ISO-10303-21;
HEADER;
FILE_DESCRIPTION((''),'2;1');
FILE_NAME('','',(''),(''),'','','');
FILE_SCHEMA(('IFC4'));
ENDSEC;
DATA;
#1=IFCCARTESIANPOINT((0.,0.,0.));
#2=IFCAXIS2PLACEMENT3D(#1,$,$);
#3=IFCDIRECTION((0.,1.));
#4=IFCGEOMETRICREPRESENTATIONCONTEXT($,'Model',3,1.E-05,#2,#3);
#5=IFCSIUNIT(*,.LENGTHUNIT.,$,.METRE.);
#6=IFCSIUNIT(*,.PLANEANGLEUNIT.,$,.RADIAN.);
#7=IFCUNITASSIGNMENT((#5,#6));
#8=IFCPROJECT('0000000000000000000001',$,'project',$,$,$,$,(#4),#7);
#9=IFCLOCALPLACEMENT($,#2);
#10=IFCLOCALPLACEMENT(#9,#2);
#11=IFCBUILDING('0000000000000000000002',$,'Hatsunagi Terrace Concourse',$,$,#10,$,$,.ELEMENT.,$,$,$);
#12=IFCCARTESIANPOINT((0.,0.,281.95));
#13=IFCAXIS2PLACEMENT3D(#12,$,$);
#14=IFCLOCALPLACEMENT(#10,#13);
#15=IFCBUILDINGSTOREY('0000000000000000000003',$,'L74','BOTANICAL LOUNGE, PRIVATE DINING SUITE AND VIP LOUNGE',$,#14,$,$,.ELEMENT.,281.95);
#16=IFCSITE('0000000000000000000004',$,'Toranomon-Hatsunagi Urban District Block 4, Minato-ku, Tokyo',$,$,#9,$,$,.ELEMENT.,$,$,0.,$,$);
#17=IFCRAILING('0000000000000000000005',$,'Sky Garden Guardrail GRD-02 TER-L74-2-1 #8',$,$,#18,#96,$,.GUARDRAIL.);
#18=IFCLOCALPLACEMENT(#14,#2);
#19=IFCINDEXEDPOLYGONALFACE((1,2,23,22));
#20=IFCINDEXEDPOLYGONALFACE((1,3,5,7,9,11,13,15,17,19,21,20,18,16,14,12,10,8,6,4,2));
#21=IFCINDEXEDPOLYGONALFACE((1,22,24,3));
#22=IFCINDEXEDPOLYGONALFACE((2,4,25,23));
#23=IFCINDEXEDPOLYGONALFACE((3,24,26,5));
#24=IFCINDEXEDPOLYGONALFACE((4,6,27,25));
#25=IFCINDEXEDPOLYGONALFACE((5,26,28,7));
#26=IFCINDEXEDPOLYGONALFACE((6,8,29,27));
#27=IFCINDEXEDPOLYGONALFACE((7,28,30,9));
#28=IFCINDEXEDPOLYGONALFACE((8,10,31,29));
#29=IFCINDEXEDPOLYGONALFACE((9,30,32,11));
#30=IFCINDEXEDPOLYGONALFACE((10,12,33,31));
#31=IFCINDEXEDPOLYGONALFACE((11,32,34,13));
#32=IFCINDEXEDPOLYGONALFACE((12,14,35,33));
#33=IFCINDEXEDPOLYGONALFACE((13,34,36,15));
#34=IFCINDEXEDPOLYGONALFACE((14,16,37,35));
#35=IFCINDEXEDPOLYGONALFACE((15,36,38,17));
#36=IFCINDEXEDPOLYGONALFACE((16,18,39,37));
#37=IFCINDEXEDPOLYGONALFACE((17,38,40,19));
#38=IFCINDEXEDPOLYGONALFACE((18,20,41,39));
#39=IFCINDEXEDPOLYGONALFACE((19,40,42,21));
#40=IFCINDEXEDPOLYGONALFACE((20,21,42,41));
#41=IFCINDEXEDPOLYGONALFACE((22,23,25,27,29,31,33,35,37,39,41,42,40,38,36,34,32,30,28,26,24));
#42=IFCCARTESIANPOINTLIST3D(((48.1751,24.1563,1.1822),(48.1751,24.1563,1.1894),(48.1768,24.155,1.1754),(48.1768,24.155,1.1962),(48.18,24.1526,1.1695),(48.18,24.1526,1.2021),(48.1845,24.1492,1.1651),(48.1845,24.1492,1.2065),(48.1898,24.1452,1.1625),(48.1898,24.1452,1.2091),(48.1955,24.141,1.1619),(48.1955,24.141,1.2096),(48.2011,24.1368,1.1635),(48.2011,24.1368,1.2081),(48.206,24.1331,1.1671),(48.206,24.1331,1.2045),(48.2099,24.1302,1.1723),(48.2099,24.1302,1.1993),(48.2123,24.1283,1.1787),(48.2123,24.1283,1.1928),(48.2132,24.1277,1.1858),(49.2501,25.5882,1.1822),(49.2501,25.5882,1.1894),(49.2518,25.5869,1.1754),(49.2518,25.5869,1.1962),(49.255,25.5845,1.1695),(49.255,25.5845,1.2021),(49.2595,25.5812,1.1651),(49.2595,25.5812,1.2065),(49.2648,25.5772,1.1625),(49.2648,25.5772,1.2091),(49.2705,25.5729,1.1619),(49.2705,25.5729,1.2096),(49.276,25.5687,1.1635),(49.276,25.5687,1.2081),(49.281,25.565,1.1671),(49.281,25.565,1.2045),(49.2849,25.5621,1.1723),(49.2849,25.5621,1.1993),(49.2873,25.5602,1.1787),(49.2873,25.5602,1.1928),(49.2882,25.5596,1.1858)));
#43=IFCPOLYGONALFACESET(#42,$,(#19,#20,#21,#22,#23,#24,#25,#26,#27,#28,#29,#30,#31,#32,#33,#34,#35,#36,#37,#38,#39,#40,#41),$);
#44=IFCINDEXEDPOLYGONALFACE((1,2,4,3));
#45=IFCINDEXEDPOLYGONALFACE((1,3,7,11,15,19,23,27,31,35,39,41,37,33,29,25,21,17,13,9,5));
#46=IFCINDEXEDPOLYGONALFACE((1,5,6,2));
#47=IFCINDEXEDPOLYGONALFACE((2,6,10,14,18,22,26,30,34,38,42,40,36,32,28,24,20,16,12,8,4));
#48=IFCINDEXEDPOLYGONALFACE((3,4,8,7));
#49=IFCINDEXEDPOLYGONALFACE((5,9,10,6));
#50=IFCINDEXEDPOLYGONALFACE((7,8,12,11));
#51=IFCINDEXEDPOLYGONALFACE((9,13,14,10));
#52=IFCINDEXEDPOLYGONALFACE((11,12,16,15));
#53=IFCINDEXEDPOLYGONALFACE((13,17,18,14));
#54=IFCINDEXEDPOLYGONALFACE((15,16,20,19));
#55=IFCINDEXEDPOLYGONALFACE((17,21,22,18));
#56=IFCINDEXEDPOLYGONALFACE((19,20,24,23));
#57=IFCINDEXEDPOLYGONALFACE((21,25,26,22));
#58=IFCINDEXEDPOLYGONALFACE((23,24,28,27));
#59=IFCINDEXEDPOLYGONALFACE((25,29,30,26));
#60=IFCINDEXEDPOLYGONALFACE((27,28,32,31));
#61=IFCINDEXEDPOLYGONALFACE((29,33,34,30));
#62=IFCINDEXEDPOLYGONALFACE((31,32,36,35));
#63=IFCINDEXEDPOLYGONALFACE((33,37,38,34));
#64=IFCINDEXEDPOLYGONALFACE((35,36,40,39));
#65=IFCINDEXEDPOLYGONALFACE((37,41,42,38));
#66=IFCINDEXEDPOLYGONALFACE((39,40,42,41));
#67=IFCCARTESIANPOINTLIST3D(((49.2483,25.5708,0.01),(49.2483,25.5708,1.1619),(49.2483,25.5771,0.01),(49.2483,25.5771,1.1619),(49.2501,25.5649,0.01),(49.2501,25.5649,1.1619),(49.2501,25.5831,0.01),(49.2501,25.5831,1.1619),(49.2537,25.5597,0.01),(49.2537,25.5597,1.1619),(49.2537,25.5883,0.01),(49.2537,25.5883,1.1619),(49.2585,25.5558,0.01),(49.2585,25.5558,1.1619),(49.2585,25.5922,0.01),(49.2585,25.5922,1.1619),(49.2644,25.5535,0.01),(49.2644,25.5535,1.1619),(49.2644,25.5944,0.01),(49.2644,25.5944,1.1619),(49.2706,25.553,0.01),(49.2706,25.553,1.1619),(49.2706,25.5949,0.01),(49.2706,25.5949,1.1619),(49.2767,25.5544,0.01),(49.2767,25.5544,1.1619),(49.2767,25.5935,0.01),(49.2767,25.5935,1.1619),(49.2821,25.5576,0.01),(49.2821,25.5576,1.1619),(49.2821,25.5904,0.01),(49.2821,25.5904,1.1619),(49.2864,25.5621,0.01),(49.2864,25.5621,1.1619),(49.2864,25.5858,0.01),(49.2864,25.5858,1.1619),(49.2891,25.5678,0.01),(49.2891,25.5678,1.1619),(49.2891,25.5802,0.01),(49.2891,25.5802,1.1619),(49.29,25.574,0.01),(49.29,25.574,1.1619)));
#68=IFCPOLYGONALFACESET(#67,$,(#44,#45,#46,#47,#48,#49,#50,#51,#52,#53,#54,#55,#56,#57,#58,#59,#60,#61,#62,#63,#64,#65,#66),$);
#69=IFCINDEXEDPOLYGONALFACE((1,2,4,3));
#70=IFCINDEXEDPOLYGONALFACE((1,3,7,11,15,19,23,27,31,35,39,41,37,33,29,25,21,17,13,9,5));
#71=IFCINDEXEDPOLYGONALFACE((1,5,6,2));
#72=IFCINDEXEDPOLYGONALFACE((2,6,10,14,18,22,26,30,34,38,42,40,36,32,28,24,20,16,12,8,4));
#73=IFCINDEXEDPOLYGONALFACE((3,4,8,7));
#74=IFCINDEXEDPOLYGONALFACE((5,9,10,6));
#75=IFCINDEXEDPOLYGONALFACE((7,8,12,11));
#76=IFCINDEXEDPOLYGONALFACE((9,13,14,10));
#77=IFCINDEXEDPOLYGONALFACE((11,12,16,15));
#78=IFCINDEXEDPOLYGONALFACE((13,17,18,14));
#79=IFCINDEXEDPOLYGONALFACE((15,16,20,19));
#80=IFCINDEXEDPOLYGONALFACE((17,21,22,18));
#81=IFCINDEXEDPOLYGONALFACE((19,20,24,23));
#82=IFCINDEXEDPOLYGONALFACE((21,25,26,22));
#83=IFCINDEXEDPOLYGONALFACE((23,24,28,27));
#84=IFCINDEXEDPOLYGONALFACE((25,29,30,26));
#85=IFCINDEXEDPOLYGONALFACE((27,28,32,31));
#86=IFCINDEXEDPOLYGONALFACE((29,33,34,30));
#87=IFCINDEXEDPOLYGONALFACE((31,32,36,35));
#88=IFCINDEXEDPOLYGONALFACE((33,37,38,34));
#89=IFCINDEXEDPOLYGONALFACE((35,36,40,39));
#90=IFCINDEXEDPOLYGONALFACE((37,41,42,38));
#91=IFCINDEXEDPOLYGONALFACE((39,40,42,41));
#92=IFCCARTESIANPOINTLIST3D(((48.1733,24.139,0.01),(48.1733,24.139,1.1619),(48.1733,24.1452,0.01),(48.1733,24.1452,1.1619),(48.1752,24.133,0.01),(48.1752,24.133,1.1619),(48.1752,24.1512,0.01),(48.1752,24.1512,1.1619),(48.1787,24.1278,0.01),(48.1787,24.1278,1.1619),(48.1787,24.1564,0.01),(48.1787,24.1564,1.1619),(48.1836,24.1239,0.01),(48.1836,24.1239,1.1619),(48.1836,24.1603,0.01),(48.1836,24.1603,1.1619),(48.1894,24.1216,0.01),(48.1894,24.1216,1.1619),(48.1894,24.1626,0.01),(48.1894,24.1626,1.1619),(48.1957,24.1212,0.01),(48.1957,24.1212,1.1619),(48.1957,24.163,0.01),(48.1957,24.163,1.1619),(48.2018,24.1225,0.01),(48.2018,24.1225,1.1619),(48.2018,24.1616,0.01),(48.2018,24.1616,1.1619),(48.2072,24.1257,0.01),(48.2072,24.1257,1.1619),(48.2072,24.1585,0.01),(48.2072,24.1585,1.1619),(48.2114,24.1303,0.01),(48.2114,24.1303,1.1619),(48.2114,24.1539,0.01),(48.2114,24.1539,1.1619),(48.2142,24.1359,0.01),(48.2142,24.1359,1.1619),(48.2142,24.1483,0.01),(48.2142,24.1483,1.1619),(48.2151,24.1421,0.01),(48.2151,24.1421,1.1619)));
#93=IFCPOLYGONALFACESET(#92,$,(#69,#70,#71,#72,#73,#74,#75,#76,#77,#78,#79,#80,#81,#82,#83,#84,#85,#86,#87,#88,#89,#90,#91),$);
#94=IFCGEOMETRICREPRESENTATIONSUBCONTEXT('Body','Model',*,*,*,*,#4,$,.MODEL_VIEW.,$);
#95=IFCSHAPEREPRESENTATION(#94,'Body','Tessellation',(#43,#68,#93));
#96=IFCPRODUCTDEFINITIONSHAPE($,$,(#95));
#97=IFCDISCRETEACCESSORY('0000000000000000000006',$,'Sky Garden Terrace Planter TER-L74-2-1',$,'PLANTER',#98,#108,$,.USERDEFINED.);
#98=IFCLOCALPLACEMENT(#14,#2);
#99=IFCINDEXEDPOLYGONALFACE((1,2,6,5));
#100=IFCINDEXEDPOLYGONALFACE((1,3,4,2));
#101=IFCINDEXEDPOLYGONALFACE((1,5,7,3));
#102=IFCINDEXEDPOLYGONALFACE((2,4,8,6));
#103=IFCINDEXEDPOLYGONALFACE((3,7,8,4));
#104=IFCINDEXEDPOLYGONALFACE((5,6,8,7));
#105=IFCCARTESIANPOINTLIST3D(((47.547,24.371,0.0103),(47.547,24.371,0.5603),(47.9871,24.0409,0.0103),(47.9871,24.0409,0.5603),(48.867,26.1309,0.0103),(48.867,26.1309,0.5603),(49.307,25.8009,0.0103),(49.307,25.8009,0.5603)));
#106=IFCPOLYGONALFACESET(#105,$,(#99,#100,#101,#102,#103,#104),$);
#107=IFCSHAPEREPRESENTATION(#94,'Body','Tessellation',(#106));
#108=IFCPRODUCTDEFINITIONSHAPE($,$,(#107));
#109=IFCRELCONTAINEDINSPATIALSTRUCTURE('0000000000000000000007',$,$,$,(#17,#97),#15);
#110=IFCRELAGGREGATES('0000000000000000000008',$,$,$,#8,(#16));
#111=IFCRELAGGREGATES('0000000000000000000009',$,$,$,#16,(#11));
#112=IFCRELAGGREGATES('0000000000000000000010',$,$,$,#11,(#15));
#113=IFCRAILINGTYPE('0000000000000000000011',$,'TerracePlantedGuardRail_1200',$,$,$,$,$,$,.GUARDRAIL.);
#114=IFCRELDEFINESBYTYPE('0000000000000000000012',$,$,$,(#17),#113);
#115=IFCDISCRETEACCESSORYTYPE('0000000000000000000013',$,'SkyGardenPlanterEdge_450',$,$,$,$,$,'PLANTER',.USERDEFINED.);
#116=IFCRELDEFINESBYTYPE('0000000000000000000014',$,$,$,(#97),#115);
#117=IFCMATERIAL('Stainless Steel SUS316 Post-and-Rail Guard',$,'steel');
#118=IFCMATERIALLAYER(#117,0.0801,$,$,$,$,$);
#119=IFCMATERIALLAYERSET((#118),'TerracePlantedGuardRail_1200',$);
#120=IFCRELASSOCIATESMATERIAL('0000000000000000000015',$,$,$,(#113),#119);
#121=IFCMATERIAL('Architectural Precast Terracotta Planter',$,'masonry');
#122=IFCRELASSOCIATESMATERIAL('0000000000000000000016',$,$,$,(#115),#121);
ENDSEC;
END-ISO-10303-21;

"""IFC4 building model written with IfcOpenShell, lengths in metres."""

from ifc_helpers import new_model, si_unit, direction, frame, origin, origin_2d, place, context, subcontext, project, spatial, rectangle, circle, extrude, material, layer, layer_set, type_object, element, save


model = new_model("IFC4")

# Units and contexts
model_context = context("Model", 3, precision=1e-05, world=origin(), true_north=direction((0.0, 1.0)))
body_context = subcontext(model_context, "Body", "Model", "MODEL_VIEW")
ifc_project = project(units=[si_unit("LENGTHUNIT", "METRE"), si_unit("PLANEANGLEUNIT", "RADIAN")], contexts=[model_context])

# Site, building, storey
site_placement = place(None, origin())
site = spatial("IfcSite", under=ifc_project, at=site_placement, Name="Toranomon-Hatsunagi Urban District Block 4, Minato-ku, Tokyo", CompositionType="ELEMENT", RefElevation=0.0)
building_placement = place(site_placement, origin())
building = spatial("IfcBuilding", under=site, at=building_placement, Name="Hatsunagi Terrace Concourse", CompositionType="ELEMENT")
storey_placement = place(building_placement, frame((0.0, 0.0, 281.95)))
storey = spatial("IfcBuildingStorey", under=building, at=storey_placement, Name="L74", Description="BOTANICAL LOUNGE, PRIVATE DINING SUITE AND VIP LOUNGE", CompositionType="ELEMENT", Elevation=281.95)

# Railing
ifc_material_1 = material(Name="Stainless Steel SUS316 Post-and-Rail Guard", Category="steel")
ifc_layer_1 = layer(ifc_material_1, 0.0801)
ifc_layer_set_1 = layer_set([ifc_layer_1], Name="TerracePlantedGuardRail_1200")
railing_type_1 = type_object("IfcRailingType", Name="TerracePlantedGuardRail_1200", PredefinedType="GUARDRAIL", material=ifc_layer_set_1)
railing_1_placement = place(storey_placement, frame((49.269, 25.574, 0.01)))
element("IfcRailing", 1, at=railing_1_placement, inside=storey, type_object=railing_type_1, Name="Sky Garden Guardrail GRD-02 TER-L74-2-1 #8", PredefinedType="GUARDRAIL", context=body_context, shape_type="SweptSolid", body=[
    extrude(circle(Radius=0.0239, at=origin_2d()), frame((0.0, 0.0, 1.1758), z_axis=(-0.600371, -0.799722, 0.0), x_axis=(0.799722, -0.600371, 0.0)), (0.0, 0.0, 1.0), 1.7905),
    extrude(circle(Radius=0.021, at=origin_2d()), origin(), (0.0, 0.0, 1.0), 1.1519),
    extrude(circle(Radius=0.021, at=origin_2d()), frame((-1.075, -1.4319, 0.0)), (0.0, 0.0, 1.0), 1.1519),
])

# Discrete accessory
ifc_material_2 = material(Name="Architectural Precast Terracotta Planter", Category="masonry")
discrete_accessory_type = type_object("IfcDiscreteAccessoryType", Name="SkyGardenPlanterEdge_450", ElementType="PLANTER", PredefinedType="USERDEFINED", material=ifc_material_2)
discrete_accessory_placement = place(storey_placement, frame((48.427, 25.0859, 0.0103), z_axis=(0.0, 0.0, 1.0), x_axis=(-0.599987, -0.800009, 0.0)))
element("IfcDiscreteAccessory", 2, at=discrete_accessory_placement, inside=storey, type_object=discrete_accessory_type, Name="Sky Garden Terrace Planter TER-L74-2-1", ObjectType="PLANTER", PredefinedType="USERDEFINED", context=body_context, shape_type="SweptSolid", body=[
    extrude(rectangle(XDim=2.2, YDim=0.55, at=origin_2d()), origin(), (0.0, 0.0, 1.0), 0.55),
])

save(model, "model.ifc")
